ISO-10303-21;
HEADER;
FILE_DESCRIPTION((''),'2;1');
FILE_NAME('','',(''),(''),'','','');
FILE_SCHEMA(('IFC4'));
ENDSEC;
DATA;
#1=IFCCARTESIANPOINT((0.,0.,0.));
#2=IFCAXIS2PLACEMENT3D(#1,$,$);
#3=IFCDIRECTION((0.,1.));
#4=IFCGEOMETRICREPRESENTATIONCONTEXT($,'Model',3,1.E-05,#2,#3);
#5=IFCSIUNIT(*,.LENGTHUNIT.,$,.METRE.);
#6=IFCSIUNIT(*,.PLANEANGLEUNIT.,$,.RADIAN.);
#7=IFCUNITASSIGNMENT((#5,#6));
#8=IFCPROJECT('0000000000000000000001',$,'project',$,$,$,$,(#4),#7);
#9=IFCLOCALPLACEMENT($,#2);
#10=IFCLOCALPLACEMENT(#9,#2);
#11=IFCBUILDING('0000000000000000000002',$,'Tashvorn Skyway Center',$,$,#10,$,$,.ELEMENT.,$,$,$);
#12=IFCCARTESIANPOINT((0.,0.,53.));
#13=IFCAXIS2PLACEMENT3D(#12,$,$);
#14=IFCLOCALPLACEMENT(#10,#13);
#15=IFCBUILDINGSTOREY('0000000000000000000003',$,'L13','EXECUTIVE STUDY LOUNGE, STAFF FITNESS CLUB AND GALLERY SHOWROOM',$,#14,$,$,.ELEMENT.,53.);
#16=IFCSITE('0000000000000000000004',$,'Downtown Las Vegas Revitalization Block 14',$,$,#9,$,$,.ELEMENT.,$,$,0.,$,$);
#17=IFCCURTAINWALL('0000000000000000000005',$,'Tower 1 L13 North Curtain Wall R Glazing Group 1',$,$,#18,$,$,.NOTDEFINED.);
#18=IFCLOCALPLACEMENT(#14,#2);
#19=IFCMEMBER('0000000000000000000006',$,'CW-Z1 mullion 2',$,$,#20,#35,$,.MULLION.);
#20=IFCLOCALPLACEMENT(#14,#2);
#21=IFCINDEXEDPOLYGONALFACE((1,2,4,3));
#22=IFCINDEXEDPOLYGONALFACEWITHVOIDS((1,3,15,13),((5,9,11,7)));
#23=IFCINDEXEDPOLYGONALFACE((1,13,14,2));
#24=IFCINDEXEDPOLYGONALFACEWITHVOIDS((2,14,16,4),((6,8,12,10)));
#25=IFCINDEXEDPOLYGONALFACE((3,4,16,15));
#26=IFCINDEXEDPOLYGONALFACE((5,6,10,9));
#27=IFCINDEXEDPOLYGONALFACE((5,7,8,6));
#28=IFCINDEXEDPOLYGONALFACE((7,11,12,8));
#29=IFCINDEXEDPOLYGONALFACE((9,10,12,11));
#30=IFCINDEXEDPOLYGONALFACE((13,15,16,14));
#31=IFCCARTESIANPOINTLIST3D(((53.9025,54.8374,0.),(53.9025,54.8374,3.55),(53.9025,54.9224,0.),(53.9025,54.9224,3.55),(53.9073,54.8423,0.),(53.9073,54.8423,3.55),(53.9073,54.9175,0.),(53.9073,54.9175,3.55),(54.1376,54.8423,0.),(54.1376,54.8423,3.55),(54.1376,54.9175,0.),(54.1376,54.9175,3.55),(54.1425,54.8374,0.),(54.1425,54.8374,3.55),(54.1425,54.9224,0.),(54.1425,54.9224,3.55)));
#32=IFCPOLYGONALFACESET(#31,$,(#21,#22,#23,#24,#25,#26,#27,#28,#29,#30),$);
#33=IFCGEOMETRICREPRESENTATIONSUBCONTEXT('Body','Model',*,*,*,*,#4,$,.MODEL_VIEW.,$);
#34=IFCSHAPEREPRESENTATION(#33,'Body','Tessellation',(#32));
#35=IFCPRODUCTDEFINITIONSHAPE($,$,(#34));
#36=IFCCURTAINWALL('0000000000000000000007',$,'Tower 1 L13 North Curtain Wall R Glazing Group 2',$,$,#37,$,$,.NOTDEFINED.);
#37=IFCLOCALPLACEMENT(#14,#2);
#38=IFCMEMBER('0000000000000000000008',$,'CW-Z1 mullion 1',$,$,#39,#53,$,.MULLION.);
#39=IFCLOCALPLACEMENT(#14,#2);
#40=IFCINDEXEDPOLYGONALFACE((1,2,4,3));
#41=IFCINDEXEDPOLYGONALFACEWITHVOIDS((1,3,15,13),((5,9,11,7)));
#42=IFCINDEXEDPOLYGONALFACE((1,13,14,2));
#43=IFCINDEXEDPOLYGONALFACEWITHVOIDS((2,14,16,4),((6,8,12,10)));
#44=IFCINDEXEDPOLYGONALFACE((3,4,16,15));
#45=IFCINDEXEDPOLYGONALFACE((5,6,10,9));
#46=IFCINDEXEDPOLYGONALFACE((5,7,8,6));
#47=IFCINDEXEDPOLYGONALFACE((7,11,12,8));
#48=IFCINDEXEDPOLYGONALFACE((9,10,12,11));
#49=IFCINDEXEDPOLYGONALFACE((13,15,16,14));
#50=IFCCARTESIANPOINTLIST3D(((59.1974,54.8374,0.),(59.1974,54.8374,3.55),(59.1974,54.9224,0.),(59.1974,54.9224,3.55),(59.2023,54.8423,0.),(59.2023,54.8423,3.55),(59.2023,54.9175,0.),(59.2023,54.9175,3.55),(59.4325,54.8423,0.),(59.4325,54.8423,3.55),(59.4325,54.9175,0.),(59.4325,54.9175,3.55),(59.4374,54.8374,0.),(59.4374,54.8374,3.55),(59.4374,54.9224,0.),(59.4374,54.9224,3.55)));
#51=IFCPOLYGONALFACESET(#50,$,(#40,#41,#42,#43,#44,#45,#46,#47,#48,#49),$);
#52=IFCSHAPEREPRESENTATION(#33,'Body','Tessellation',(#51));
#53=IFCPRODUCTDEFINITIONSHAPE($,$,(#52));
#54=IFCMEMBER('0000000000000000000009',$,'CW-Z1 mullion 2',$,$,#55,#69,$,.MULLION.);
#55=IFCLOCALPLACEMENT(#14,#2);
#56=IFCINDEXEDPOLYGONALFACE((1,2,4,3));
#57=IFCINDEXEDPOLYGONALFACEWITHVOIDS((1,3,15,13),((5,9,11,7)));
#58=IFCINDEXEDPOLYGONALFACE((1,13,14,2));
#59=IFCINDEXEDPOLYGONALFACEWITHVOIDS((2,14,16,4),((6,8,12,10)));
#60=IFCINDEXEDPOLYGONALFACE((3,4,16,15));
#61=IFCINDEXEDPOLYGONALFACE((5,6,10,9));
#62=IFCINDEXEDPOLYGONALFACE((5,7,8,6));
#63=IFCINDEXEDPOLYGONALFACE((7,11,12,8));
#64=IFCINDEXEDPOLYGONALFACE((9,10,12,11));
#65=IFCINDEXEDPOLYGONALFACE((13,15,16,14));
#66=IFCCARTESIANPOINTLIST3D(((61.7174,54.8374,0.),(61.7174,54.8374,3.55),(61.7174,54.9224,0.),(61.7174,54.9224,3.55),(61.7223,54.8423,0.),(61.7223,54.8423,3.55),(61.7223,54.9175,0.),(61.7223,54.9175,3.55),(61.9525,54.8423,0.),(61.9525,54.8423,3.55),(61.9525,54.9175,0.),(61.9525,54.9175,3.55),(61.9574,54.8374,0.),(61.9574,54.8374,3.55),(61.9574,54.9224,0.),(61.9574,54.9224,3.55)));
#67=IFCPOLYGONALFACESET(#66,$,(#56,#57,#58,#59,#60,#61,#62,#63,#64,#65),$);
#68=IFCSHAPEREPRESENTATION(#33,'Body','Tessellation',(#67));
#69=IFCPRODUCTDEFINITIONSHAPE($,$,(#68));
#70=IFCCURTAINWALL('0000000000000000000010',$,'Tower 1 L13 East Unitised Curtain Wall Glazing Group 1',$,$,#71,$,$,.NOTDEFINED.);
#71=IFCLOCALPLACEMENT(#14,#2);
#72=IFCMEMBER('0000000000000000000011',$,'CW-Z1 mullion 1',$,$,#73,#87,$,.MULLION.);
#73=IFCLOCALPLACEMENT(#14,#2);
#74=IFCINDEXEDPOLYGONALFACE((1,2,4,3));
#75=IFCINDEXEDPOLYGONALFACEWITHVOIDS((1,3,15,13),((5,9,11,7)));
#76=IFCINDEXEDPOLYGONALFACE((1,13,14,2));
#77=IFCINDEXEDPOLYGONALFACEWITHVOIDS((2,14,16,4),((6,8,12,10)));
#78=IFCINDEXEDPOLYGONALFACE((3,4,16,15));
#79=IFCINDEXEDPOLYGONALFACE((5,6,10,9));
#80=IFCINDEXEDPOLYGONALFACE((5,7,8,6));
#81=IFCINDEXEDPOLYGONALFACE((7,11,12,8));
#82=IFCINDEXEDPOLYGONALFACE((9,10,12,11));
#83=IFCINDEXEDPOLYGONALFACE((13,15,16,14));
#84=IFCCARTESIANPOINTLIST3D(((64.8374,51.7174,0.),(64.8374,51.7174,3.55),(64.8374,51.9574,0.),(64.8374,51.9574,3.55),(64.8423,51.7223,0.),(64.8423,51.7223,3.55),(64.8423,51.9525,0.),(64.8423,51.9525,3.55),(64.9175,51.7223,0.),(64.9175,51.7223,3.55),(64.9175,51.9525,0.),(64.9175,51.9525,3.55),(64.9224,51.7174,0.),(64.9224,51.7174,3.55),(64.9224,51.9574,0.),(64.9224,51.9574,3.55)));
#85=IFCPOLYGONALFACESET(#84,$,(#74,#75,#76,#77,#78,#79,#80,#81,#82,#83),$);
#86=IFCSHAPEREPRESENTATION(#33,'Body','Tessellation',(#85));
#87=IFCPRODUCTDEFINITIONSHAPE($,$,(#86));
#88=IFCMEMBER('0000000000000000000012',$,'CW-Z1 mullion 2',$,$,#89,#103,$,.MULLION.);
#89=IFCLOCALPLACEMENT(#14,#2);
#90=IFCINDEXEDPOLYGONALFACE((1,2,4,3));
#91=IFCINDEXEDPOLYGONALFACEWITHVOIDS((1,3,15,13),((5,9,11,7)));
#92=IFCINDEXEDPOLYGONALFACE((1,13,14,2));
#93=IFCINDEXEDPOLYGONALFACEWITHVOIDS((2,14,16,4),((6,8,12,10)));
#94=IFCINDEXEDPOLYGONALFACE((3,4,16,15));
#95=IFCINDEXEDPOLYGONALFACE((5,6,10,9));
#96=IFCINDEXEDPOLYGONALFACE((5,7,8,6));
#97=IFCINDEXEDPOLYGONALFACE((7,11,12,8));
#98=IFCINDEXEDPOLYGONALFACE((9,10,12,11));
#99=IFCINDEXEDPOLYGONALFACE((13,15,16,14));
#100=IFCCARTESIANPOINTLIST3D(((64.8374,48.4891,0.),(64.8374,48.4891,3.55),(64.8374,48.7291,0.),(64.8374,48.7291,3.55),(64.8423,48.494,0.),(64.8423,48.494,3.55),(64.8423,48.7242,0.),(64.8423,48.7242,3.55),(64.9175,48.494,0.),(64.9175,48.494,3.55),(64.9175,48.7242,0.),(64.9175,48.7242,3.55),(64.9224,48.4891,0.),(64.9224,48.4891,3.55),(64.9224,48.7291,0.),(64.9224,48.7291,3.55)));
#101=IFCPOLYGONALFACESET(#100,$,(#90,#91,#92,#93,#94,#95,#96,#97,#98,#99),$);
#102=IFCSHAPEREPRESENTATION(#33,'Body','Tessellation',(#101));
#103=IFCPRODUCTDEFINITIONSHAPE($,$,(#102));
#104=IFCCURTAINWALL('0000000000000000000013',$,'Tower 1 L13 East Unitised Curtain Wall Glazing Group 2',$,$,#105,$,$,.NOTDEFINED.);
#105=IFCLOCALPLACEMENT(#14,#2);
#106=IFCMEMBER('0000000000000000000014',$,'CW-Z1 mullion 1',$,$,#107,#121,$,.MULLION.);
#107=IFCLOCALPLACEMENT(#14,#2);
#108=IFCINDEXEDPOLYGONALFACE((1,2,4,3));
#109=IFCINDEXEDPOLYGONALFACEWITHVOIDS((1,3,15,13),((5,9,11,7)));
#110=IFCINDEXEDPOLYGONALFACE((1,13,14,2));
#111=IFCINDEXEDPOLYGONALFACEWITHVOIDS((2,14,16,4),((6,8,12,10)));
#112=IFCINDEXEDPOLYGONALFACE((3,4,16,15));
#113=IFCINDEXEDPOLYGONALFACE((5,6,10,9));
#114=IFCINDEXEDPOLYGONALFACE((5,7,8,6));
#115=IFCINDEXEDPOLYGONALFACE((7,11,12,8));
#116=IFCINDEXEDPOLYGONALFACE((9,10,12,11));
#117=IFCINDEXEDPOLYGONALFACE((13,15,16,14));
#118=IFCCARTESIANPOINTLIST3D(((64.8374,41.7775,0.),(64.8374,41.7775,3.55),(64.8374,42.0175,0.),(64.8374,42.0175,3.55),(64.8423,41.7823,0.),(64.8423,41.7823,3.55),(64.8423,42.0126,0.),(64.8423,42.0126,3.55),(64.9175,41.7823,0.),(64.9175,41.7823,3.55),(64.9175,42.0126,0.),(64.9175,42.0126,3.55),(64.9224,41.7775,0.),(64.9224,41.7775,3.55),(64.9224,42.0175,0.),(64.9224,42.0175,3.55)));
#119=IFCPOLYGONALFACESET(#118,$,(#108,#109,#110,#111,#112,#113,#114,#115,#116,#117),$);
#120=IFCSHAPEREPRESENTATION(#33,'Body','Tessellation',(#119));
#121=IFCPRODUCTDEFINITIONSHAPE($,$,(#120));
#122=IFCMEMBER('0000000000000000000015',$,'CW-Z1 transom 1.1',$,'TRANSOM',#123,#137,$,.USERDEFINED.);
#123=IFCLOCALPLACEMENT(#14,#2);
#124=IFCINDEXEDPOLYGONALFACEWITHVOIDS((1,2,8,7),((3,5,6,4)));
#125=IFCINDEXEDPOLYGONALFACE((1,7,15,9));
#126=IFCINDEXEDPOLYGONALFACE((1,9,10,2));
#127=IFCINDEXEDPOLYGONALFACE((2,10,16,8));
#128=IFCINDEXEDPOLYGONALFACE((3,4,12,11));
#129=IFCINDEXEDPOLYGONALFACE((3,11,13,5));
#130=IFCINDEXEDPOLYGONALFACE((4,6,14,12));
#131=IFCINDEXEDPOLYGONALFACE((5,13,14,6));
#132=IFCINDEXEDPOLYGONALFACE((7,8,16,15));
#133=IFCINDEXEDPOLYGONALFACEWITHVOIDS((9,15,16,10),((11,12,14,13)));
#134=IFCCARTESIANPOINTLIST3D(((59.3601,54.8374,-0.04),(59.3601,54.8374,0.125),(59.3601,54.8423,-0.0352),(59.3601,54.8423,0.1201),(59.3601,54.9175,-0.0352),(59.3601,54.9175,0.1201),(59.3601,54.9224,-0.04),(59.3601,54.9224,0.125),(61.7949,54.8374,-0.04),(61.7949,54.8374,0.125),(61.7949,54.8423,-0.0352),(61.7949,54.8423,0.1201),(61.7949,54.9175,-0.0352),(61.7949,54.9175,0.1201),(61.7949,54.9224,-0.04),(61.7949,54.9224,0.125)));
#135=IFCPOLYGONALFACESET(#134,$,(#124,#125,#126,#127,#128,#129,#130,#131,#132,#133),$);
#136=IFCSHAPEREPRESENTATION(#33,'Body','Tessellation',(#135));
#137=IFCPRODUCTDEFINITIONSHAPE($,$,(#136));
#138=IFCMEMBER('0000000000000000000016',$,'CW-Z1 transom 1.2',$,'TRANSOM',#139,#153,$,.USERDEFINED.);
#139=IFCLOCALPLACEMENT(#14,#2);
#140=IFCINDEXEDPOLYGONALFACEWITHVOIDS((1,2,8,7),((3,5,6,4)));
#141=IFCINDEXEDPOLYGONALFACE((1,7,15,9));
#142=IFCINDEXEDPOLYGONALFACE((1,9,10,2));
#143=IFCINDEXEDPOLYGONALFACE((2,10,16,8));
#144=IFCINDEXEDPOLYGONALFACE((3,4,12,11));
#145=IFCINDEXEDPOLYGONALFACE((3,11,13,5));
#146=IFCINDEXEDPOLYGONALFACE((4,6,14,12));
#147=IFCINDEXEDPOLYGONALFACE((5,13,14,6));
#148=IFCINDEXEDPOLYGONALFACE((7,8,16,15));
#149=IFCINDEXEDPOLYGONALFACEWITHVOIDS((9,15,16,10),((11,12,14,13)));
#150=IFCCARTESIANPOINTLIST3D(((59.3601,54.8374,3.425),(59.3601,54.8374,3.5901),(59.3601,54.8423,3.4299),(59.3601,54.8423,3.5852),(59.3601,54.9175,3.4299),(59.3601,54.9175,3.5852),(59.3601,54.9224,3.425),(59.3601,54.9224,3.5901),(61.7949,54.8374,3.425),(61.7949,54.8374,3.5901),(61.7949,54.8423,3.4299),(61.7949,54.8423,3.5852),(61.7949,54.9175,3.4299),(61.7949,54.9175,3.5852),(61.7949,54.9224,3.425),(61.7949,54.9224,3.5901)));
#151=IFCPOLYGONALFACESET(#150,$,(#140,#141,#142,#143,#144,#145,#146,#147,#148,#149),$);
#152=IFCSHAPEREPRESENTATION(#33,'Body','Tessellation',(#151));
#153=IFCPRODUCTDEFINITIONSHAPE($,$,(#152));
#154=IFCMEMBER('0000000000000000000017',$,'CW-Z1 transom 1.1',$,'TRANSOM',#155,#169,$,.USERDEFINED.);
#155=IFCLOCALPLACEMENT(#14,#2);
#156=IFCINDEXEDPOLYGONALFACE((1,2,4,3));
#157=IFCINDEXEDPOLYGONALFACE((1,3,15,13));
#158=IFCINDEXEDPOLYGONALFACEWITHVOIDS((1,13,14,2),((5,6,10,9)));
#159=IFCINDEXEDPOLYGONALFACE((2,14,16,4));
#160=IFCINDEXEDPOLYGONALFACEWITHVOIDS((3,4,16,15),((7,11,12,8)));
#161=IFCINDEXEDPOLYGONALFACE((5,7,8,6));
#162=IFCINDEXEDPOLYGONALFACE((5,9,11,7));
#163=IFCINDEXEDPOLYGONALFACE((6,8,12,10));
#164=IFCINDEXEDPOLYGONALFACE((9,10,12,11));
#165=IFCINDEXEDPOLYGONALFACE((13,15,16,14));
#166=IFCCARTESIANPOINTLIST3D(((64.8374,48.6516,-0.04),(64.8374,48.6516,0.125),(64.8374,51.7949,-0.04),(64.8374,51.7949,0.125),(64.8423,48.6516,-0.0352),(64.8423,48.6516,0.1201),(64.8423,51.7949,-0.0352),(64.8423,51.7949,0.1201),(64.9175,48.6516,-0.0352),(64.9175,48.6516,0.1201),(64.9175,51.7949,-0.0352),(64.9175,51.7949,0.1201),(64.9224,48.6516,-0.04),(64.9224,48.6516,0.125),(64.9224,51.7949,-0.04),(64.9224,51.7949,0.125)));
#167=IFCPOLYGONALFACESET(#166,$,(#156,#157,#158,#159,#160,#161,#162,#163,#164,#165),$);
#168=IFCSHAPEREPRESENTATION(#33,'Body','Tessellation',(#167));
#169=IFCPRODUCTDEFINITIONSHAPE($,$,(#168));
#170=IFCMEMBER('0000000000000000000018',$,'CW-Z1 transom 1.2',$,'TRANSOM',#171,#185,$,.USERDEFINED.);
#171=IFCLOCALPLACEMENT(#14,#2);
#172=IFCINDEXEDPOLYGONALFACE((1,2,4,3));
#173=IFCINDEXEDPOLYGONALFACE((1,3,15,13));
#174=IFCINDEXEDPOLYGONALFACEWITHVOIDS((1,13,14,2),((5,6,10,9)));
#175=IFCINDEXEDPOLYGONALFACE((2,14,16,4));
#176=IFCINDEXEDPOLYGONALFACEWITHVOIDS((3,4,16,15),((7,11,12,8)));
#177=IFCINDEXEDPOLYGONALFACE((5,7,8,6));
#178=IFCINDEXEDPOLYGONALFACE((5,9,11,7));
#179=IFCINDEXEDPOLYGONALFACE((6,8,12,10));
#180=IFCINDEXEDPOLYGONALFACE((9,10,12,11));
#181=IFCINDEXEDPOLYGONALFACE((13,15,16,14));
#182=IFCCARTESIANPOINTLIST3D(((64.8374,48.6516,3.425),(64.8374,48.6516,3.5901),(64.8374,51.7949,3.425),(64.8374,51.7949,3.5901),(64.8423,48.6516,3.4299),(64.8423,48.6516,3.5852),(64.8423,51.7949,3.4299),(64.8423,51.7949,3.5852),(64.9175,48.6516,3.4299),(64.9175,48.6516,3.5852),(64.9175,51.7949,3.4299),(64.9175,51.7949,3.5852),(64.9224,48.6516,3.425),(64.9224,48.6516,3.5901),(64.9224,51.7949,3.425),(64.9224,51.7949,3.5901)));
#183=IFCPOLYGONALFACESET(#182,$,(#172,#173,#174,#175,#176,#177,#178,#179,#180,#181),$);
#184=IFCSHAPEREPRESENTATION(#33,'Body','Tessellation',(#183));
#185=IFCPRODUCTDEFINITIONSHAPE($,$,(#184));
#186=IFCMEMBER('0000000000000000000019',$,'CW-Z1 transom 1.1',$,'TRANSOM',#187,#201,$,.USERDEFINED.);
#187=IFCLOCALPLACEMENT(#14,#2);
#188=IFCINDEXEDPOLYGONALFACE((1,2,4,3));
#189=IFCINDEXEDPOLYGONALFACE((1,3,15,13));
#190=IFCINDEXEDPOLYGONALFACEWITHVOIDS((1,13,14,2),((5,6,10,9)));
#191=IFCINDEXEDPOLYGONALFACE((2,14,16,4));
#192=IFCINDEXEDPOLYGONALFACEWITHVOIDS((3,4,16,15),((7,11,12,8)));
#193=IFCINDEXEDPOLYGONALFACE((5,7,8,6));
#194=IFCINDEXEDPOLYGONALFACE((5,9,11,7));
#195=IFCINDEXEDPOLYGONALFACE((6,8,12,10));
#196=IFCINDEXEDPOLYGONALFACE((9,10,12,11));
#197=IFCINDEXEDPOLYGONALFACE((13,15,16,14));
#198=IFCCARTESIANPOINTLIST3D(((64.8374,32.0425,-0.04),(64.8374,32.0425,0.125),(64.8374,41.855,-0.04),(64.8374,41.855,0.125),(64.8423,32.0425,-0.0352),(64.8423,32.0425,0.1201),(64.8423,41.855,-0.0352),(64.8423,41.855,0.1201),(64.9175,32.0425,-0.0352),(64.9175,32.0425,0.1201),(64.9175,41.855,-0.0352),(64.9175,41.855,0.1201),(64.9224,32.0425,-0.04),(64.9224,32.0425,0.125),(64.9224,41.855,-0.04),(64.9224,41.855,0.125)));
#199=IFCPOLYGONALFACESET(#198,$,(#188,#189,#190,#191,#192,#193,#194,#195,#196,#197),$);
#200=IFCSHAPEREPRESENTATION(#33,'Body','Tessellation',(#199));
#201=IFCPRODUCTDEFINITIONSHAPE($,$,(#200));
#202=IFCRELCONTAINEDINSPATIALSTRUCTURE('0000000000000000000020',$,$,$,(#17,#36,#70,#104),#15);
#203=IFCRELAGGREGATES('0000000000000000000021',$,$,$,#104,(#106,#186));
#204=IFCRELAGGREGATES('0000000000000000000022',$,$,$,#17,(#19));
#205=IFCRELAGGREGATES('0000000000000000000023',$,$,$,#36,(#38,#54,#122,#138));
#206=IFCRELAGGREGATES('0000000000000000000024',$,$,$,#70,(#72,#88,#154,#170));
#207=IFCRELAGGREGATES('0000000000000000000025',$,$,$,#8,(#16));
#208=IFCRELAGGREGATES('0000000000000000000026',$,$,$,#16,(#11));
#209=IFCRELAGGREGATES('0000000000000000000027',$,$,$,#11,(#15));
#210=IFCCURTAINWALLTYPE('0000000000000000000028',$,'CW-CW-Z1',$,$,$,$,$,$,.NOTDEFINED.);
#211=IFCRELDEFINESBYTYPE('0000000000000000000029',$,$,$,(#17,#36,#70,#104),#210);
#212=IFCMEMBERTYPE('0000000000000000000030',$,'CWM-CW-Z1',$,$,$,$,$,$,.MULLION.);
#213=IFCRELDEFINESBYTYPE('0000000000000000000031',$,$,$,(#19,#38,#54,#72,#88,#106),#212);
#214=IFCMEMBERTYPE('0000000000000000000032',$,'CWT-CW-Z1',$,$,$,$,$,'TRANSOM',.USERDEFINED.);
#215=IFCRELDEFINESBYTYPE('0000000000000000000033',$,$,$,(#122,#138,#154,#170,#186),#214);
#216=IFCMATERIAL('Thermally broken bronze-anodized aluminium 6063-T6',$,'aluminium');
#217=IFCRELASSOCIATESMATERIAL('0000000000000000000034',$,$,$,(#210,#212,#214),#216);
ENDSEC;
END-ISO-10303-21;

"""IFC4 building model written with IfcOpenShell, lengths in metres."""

from ifc_helpers import new_model, si_unit, direction, frame, origin, origin_2d, place, context, subcontext, project, spatial, hollow_rectangle, extrude, material, material_profile, profile_set, type_object, element, aggregate, save


model = new_model("IFC4")

# Units and contexts
model_context = context("Model", 3, precision=1e-05, world=origin(), true_north=direction((0.0, 1.0)))
body_context = subcontext(model_context, "Body", "Model", "MODEL_VIEW")
ifc_project = project(units=[si_unit("LENGTHUNIT", "METRE"), si_unit("PLANEANGLEUNIT", "RADIAN")], contexts=[model_context])

# Site, building, storey
site_placement = place(None, origin())
site = spatial("IfcSite", under=ifc_project, at=site_placement, Name="Downtown Las Vegas Revitalization Block 14", CompositionType="ELEMENT", RefElevation=0.0)
building_placement = place(site_placement, origin())
building = spatial("IfcBuilding", under=site, at=building_placement, Name="Tashvorn Skyway Center", CompositionType="ELEMENT")
storey_placement = place(building_placement, frame((0.0, 0.0, 53.0)))
storey = spatial("IfcBuildingStorey", under=building, at=storey_placement, Name="L13", Description="EXECUTIVE STUDY LOUNGE, STAFF FITNESS CLUB AND GALLERY SHOWROOM", CompositionType="ELEMENT", Elevation=53.0)

# Curtain wall, member
ifc_material_1 = material(Name="Thermally broken bronze-anodized aluminium 6063-T6", Category="aluminium")
curtain_wall_type = type_object("IfcCurtainWallType", Name="CW-CW-Z1", PredefinedType="NOTDEFINED", material=ifc_material_1)
curtain_wall_1_placement = place(storey_placement, origin())
curtain_wall_1 = element("IfcCurtainWall", 1, at=curtain_wall_1_placement, inside=storey, type_object=curtain_wall_type, Name="Tower 1 L13 North Curtain Wall R Glazing Group 1", PredefinedType="NOTDEFINED")
ifc_material_profile_1 = material_profile(ifc_material_1, hollow_rectangle(XDim=0.085, YDim=0.24, WallThickness=0.0049, at=origin_2d()), Name="ALU-MULL-85x240")
ifc_profile_set_1 = profile_set([ifc_material_profile_1], Name="Thermally broken bronze-anodized aluminium 6063-T6")
member_type_1 = type_object("IfcMemberType", Name="CWM-CW-Z1", PredefinedType="MULLION", material=ifc_profile_set_1)
member_1_placement = place(storey_placement, frame((54.0225, 54.8799, 0.0), z_axis=(0.0, 0.0, 1.0), x_axis=(0.0, 1.0, 0.0)))
member_1 = element("IfcMember", 2, at=member_1_placement, type_object=member_type_1, Name="CW-Z1 mullion 2", PredefinedType="MULLION", context=body_context, shape_type="SweptSolid", body=[
    extrude(hollow_rectangle(XDim=0.085, YDim=0.24, WallThickness=0.0049, at=origin_2d()), origin(), (0.0, 0.0, 1.0), 3.55),
])

# Curtain walls, members
curtain_wall_2_placement = place(storey_placement, origin())
curtain_wall_2 = element("IfcCurtainWall", 3, at=curtain_wall_2_placement, inside=storey, type_object=curtain_wall_type, Name="Tower 1 L13 North Curtain Wall R Glazing Group 2", PredefinedType="NOTDEFINED")
member_2_placement = place(storey_placement, frame((59.3174, 54.8799, 0.0), z_axis=(0.0, 0.0, 1.0), x_axis=(0.0, 1.0, 0.0)))
member_2 = element("IfcMember", 4, at=member_2_placement, type_object=member_type_1, Name="CW-Z1 mullion 1", PredefinedType="MULLION", context=body_context, shape_type="SweptSolid", body=[
    extrude(hollow_rectangle(XDim=0.085, YDim=0.24, WallThickness=0.0049, at=origin_2d()), origin(), (0.0, 0.0, 1.0), 3.55),
])
member_3_placement = place(storey_placement, frame((61.8374, 54.8799, 0.0), z_axis=(0.0, 0.0, 1.0), x_axis=(0.0, 1.0, 0.0)))
member_3 = element("IfcMember", 5, at=member_3_placement, type_object=member_type_1, Name="CW-Z1 mullion 2", PredefinedType="MULLION", context=body_context, shape_type="SweptSolid", body=[
    extrude(hollow_rectangle(XDim=0.085, YDim=0.24, WallThickness=0.0049, at=origin_2d()), origin(), (0.0, 0.0, 1.0), 3.55),
])
curtain_wall_3_placement = place(storey_placement, origin())
curtain_wall_3 = element("IfcCurtainWall", 6, at=curtain_wall_3_placement, inside=storey, type_object=curtain_wall_type, Name="Tower 1 L13 East Unitised Curtain Wall Glazing Group 1", PredefinedType="NOTDEFINED")
member_4_placement = place(storey_placement, frame((64.8799, 51.8374, 0.0), z_axis=(0.0, 0.0, 1.0), x_axis=(1.0, 0.0, 0.0)))
member_4 = element("IfcMember", 7, at=member_4_placement, type_object=member_type_1, Name="CW-Z1 mullion 1", PredefinedType="MULLION", context=body_context, shape_type="SweptSolid", body=[
    extrude(hollow_rectangle(XDim=0.085, YDim=0.24, WallThickness=0.0049, at=origin_2d()), origin(), (0.0, 0.0, 1.0), 3.55),
])
member_5_placement = place(storey_placement, frame((64.8799, 48.6091, 0.0), z_axis=(0.0, 0.0, 1.0), x_axis=(1.0, 0.0, 0.0)))
member_5 = element("IfcMember", 8, at=member_5_placement, type_object=member_type_1, Name="CW-Z1 mullion 2", PredefinedType="MULLION", context=body_context, shape_type="SweptSolid", body=[
    extrude(hollow_rectangle(XDim=0.085, YDim=0.24, WallThickness=0.0049, at=origin_2d()), origin(), (0.0, 0.0, 1.0), 3.55),
])

# Curtain wall, member
curtain_wall_4_placement = place(storey_placement, origin())
curtain_wall_4 = element("IfcCurtainWall", 9, at=curtain_wall_4_placement, inside=storey, type_object=curtain_wall_type, Name="Tower 1 L13 East Unitised Curtain Wall Glazing Group 2", PredefinedType="NOTDEFINED")
member_6_placement = place(storey_placement, frame((64.8799, 41.8975, 0.0), z_axis=(0.0, 0.0, 1.0), x_axis=(1.0, 0.0, 0.0)))
member_6 = element("IfcMember", 10, at=member_6_placement, type_object=member_type_1, Name="CW-Z1 mullion 1", PredefinedType="MULLION", context=body_context, shape_type="SweptSolid", body=[
    extrude(hollow_rectangle(XDim=0.085, YDim=0.24, WallThickness=0.0049, at=origin_2d()), origin(), (0.0, 0.0, 1.0), 3.55),
])

# Members
ifc_material_profile_2 = material_profile(ifc_material_1, hollow_rectangle(XDim=0.085, YDim=0.165, WallThickness=0.0049, at=origin_2d()), Name="ALU-TRAN-85x165")
ifc_profile_set_2 = profile_set([ifc_material_profile_2], Name="Thermally broken bronze-anodized aluminium 6063-T6")
member_type_2 = type_object("IfcMemberType", Name="CWT-CW-Z1", ElementType="TRANSOM", PredefinedType="USERDEFINED", material=ifc_profile_set_2)
member_7_placement = place(storey_placement, frame((59.3601, 54.8799, 0.0425), z_axis=(1.0, 0.0, 0.0), x_axis=(0.0, 1.0, 0.0)))
member_7 = element("IfcMember", 11, at=member_7_placement, type_object=member_type_2, Name="CW-Z1 transom 1.1", ObjectType="TRANSOM", PredefinedType="USERDEFINED", context=body_context, shape_type="SweptSolid", body=[
    extrude(hollow_rectangle(XDim=0.085, YDim=0.165, WallThickness=0.0049, at=origin_2d()), origin(), (0.0, 0.0, 1.0), 2.4348),
])
member_8_placement = place(storey_placement, frame((59.3601, 54.8799, 3.5076), z_axis=(1.0, 0.0, 0.0), x_axis=(0.0, 1.0, 0.0)))
member_8 = element("IfcMember", 12, at=member_8_placement, type_object=member_type_2, Name="CW-Z1 transom 1.2", ObjectType="TRANSOM", PredefinedType="USERDEFINED", context=body_context, shape_type="SweptSolid", body=[
    extrude(hollow_rectangle(XDim=0.085, YDim=0.165, WallThickness=0.0049, at=origin_2d()), origin(), (0.0, 0.0, 1.0), 2.4348),
])
member_9_placement = place(storey_placement, frame((64.8799, 51.7949, 0.0425), z_axis=(0.0, -1.0, 0.0), x_axis=(1.0, 0.0, 0.0)))
member_9 = element("IfcMember", 13, at=member_9_placement, type_object=member_type_2, Name="CW-Z1 transom 1.1", ObjectType="TRANSOM", PredefinedType="USERDEFINED", context=body_context, shape_type="SweptSolid", body=[
    extrude(hollow_rectangle(XDim=0.085, YDim=0.165, WallThickness=0.0049, at=origin_2d()), origin(), (0.0, 0.0, 1.0), 3.1433),
])
member_10_placement = place(storey_placement, frame((64.8799, 51.7949, 3.5076), z_axis=(0.0, -1.0, 0.0), x_axis=(1.0, 0.0, 0.0)))
member_10 = element("IfcMember", 14, at=member_10_placement, type_object=member_type_2, Name="CW-Z1 transom 1.2", ObjectType="TRANSOM", PredefinedType="USERDEFINED", context=body_context, shape_type="SweptSolid", body=[
    extrude(hollow_rectangle(XDim=0.085, YDim=0.165, WallThickness=0.0049, at=origin_2d()), origin(), (0.0, 0.0, 1.0), 3.1433),
])
member_11_placement = place(storey_placement, frame((64.8799, 41.855, 0.0425), z_axis=(0.0, -1.0, 0.0), x_axis=(1.0, 0.0, 0.0)))
member_11 = element("IfcMember", 15, at=member_11_placement, type_object=member_type_2, Name="CW-Z1 transom 1.1", ObjectType="TRANSOM", PredefinedType="USERDEFINED", context=body_context, shape_type="SweptSolid", body=[
    extrude(hollow_rectangle(XDim=0.085, YDim=0.165, WallThickness=0.0049, at=origin_2d()), origin(), (0.0, 0.0, 1.0), 9.8125),
])
aggregate(curtain_wall_4, [member_6, member_11])

aggregate(curtain_wall_1, [member_1])
aggregate(curtain_wall_2, [member_2, member_3, member_7, member_8])
aggregate(curtain_wall_3, [member_4, member_5, member_9, member_10])

save(model, "model.ifc")
